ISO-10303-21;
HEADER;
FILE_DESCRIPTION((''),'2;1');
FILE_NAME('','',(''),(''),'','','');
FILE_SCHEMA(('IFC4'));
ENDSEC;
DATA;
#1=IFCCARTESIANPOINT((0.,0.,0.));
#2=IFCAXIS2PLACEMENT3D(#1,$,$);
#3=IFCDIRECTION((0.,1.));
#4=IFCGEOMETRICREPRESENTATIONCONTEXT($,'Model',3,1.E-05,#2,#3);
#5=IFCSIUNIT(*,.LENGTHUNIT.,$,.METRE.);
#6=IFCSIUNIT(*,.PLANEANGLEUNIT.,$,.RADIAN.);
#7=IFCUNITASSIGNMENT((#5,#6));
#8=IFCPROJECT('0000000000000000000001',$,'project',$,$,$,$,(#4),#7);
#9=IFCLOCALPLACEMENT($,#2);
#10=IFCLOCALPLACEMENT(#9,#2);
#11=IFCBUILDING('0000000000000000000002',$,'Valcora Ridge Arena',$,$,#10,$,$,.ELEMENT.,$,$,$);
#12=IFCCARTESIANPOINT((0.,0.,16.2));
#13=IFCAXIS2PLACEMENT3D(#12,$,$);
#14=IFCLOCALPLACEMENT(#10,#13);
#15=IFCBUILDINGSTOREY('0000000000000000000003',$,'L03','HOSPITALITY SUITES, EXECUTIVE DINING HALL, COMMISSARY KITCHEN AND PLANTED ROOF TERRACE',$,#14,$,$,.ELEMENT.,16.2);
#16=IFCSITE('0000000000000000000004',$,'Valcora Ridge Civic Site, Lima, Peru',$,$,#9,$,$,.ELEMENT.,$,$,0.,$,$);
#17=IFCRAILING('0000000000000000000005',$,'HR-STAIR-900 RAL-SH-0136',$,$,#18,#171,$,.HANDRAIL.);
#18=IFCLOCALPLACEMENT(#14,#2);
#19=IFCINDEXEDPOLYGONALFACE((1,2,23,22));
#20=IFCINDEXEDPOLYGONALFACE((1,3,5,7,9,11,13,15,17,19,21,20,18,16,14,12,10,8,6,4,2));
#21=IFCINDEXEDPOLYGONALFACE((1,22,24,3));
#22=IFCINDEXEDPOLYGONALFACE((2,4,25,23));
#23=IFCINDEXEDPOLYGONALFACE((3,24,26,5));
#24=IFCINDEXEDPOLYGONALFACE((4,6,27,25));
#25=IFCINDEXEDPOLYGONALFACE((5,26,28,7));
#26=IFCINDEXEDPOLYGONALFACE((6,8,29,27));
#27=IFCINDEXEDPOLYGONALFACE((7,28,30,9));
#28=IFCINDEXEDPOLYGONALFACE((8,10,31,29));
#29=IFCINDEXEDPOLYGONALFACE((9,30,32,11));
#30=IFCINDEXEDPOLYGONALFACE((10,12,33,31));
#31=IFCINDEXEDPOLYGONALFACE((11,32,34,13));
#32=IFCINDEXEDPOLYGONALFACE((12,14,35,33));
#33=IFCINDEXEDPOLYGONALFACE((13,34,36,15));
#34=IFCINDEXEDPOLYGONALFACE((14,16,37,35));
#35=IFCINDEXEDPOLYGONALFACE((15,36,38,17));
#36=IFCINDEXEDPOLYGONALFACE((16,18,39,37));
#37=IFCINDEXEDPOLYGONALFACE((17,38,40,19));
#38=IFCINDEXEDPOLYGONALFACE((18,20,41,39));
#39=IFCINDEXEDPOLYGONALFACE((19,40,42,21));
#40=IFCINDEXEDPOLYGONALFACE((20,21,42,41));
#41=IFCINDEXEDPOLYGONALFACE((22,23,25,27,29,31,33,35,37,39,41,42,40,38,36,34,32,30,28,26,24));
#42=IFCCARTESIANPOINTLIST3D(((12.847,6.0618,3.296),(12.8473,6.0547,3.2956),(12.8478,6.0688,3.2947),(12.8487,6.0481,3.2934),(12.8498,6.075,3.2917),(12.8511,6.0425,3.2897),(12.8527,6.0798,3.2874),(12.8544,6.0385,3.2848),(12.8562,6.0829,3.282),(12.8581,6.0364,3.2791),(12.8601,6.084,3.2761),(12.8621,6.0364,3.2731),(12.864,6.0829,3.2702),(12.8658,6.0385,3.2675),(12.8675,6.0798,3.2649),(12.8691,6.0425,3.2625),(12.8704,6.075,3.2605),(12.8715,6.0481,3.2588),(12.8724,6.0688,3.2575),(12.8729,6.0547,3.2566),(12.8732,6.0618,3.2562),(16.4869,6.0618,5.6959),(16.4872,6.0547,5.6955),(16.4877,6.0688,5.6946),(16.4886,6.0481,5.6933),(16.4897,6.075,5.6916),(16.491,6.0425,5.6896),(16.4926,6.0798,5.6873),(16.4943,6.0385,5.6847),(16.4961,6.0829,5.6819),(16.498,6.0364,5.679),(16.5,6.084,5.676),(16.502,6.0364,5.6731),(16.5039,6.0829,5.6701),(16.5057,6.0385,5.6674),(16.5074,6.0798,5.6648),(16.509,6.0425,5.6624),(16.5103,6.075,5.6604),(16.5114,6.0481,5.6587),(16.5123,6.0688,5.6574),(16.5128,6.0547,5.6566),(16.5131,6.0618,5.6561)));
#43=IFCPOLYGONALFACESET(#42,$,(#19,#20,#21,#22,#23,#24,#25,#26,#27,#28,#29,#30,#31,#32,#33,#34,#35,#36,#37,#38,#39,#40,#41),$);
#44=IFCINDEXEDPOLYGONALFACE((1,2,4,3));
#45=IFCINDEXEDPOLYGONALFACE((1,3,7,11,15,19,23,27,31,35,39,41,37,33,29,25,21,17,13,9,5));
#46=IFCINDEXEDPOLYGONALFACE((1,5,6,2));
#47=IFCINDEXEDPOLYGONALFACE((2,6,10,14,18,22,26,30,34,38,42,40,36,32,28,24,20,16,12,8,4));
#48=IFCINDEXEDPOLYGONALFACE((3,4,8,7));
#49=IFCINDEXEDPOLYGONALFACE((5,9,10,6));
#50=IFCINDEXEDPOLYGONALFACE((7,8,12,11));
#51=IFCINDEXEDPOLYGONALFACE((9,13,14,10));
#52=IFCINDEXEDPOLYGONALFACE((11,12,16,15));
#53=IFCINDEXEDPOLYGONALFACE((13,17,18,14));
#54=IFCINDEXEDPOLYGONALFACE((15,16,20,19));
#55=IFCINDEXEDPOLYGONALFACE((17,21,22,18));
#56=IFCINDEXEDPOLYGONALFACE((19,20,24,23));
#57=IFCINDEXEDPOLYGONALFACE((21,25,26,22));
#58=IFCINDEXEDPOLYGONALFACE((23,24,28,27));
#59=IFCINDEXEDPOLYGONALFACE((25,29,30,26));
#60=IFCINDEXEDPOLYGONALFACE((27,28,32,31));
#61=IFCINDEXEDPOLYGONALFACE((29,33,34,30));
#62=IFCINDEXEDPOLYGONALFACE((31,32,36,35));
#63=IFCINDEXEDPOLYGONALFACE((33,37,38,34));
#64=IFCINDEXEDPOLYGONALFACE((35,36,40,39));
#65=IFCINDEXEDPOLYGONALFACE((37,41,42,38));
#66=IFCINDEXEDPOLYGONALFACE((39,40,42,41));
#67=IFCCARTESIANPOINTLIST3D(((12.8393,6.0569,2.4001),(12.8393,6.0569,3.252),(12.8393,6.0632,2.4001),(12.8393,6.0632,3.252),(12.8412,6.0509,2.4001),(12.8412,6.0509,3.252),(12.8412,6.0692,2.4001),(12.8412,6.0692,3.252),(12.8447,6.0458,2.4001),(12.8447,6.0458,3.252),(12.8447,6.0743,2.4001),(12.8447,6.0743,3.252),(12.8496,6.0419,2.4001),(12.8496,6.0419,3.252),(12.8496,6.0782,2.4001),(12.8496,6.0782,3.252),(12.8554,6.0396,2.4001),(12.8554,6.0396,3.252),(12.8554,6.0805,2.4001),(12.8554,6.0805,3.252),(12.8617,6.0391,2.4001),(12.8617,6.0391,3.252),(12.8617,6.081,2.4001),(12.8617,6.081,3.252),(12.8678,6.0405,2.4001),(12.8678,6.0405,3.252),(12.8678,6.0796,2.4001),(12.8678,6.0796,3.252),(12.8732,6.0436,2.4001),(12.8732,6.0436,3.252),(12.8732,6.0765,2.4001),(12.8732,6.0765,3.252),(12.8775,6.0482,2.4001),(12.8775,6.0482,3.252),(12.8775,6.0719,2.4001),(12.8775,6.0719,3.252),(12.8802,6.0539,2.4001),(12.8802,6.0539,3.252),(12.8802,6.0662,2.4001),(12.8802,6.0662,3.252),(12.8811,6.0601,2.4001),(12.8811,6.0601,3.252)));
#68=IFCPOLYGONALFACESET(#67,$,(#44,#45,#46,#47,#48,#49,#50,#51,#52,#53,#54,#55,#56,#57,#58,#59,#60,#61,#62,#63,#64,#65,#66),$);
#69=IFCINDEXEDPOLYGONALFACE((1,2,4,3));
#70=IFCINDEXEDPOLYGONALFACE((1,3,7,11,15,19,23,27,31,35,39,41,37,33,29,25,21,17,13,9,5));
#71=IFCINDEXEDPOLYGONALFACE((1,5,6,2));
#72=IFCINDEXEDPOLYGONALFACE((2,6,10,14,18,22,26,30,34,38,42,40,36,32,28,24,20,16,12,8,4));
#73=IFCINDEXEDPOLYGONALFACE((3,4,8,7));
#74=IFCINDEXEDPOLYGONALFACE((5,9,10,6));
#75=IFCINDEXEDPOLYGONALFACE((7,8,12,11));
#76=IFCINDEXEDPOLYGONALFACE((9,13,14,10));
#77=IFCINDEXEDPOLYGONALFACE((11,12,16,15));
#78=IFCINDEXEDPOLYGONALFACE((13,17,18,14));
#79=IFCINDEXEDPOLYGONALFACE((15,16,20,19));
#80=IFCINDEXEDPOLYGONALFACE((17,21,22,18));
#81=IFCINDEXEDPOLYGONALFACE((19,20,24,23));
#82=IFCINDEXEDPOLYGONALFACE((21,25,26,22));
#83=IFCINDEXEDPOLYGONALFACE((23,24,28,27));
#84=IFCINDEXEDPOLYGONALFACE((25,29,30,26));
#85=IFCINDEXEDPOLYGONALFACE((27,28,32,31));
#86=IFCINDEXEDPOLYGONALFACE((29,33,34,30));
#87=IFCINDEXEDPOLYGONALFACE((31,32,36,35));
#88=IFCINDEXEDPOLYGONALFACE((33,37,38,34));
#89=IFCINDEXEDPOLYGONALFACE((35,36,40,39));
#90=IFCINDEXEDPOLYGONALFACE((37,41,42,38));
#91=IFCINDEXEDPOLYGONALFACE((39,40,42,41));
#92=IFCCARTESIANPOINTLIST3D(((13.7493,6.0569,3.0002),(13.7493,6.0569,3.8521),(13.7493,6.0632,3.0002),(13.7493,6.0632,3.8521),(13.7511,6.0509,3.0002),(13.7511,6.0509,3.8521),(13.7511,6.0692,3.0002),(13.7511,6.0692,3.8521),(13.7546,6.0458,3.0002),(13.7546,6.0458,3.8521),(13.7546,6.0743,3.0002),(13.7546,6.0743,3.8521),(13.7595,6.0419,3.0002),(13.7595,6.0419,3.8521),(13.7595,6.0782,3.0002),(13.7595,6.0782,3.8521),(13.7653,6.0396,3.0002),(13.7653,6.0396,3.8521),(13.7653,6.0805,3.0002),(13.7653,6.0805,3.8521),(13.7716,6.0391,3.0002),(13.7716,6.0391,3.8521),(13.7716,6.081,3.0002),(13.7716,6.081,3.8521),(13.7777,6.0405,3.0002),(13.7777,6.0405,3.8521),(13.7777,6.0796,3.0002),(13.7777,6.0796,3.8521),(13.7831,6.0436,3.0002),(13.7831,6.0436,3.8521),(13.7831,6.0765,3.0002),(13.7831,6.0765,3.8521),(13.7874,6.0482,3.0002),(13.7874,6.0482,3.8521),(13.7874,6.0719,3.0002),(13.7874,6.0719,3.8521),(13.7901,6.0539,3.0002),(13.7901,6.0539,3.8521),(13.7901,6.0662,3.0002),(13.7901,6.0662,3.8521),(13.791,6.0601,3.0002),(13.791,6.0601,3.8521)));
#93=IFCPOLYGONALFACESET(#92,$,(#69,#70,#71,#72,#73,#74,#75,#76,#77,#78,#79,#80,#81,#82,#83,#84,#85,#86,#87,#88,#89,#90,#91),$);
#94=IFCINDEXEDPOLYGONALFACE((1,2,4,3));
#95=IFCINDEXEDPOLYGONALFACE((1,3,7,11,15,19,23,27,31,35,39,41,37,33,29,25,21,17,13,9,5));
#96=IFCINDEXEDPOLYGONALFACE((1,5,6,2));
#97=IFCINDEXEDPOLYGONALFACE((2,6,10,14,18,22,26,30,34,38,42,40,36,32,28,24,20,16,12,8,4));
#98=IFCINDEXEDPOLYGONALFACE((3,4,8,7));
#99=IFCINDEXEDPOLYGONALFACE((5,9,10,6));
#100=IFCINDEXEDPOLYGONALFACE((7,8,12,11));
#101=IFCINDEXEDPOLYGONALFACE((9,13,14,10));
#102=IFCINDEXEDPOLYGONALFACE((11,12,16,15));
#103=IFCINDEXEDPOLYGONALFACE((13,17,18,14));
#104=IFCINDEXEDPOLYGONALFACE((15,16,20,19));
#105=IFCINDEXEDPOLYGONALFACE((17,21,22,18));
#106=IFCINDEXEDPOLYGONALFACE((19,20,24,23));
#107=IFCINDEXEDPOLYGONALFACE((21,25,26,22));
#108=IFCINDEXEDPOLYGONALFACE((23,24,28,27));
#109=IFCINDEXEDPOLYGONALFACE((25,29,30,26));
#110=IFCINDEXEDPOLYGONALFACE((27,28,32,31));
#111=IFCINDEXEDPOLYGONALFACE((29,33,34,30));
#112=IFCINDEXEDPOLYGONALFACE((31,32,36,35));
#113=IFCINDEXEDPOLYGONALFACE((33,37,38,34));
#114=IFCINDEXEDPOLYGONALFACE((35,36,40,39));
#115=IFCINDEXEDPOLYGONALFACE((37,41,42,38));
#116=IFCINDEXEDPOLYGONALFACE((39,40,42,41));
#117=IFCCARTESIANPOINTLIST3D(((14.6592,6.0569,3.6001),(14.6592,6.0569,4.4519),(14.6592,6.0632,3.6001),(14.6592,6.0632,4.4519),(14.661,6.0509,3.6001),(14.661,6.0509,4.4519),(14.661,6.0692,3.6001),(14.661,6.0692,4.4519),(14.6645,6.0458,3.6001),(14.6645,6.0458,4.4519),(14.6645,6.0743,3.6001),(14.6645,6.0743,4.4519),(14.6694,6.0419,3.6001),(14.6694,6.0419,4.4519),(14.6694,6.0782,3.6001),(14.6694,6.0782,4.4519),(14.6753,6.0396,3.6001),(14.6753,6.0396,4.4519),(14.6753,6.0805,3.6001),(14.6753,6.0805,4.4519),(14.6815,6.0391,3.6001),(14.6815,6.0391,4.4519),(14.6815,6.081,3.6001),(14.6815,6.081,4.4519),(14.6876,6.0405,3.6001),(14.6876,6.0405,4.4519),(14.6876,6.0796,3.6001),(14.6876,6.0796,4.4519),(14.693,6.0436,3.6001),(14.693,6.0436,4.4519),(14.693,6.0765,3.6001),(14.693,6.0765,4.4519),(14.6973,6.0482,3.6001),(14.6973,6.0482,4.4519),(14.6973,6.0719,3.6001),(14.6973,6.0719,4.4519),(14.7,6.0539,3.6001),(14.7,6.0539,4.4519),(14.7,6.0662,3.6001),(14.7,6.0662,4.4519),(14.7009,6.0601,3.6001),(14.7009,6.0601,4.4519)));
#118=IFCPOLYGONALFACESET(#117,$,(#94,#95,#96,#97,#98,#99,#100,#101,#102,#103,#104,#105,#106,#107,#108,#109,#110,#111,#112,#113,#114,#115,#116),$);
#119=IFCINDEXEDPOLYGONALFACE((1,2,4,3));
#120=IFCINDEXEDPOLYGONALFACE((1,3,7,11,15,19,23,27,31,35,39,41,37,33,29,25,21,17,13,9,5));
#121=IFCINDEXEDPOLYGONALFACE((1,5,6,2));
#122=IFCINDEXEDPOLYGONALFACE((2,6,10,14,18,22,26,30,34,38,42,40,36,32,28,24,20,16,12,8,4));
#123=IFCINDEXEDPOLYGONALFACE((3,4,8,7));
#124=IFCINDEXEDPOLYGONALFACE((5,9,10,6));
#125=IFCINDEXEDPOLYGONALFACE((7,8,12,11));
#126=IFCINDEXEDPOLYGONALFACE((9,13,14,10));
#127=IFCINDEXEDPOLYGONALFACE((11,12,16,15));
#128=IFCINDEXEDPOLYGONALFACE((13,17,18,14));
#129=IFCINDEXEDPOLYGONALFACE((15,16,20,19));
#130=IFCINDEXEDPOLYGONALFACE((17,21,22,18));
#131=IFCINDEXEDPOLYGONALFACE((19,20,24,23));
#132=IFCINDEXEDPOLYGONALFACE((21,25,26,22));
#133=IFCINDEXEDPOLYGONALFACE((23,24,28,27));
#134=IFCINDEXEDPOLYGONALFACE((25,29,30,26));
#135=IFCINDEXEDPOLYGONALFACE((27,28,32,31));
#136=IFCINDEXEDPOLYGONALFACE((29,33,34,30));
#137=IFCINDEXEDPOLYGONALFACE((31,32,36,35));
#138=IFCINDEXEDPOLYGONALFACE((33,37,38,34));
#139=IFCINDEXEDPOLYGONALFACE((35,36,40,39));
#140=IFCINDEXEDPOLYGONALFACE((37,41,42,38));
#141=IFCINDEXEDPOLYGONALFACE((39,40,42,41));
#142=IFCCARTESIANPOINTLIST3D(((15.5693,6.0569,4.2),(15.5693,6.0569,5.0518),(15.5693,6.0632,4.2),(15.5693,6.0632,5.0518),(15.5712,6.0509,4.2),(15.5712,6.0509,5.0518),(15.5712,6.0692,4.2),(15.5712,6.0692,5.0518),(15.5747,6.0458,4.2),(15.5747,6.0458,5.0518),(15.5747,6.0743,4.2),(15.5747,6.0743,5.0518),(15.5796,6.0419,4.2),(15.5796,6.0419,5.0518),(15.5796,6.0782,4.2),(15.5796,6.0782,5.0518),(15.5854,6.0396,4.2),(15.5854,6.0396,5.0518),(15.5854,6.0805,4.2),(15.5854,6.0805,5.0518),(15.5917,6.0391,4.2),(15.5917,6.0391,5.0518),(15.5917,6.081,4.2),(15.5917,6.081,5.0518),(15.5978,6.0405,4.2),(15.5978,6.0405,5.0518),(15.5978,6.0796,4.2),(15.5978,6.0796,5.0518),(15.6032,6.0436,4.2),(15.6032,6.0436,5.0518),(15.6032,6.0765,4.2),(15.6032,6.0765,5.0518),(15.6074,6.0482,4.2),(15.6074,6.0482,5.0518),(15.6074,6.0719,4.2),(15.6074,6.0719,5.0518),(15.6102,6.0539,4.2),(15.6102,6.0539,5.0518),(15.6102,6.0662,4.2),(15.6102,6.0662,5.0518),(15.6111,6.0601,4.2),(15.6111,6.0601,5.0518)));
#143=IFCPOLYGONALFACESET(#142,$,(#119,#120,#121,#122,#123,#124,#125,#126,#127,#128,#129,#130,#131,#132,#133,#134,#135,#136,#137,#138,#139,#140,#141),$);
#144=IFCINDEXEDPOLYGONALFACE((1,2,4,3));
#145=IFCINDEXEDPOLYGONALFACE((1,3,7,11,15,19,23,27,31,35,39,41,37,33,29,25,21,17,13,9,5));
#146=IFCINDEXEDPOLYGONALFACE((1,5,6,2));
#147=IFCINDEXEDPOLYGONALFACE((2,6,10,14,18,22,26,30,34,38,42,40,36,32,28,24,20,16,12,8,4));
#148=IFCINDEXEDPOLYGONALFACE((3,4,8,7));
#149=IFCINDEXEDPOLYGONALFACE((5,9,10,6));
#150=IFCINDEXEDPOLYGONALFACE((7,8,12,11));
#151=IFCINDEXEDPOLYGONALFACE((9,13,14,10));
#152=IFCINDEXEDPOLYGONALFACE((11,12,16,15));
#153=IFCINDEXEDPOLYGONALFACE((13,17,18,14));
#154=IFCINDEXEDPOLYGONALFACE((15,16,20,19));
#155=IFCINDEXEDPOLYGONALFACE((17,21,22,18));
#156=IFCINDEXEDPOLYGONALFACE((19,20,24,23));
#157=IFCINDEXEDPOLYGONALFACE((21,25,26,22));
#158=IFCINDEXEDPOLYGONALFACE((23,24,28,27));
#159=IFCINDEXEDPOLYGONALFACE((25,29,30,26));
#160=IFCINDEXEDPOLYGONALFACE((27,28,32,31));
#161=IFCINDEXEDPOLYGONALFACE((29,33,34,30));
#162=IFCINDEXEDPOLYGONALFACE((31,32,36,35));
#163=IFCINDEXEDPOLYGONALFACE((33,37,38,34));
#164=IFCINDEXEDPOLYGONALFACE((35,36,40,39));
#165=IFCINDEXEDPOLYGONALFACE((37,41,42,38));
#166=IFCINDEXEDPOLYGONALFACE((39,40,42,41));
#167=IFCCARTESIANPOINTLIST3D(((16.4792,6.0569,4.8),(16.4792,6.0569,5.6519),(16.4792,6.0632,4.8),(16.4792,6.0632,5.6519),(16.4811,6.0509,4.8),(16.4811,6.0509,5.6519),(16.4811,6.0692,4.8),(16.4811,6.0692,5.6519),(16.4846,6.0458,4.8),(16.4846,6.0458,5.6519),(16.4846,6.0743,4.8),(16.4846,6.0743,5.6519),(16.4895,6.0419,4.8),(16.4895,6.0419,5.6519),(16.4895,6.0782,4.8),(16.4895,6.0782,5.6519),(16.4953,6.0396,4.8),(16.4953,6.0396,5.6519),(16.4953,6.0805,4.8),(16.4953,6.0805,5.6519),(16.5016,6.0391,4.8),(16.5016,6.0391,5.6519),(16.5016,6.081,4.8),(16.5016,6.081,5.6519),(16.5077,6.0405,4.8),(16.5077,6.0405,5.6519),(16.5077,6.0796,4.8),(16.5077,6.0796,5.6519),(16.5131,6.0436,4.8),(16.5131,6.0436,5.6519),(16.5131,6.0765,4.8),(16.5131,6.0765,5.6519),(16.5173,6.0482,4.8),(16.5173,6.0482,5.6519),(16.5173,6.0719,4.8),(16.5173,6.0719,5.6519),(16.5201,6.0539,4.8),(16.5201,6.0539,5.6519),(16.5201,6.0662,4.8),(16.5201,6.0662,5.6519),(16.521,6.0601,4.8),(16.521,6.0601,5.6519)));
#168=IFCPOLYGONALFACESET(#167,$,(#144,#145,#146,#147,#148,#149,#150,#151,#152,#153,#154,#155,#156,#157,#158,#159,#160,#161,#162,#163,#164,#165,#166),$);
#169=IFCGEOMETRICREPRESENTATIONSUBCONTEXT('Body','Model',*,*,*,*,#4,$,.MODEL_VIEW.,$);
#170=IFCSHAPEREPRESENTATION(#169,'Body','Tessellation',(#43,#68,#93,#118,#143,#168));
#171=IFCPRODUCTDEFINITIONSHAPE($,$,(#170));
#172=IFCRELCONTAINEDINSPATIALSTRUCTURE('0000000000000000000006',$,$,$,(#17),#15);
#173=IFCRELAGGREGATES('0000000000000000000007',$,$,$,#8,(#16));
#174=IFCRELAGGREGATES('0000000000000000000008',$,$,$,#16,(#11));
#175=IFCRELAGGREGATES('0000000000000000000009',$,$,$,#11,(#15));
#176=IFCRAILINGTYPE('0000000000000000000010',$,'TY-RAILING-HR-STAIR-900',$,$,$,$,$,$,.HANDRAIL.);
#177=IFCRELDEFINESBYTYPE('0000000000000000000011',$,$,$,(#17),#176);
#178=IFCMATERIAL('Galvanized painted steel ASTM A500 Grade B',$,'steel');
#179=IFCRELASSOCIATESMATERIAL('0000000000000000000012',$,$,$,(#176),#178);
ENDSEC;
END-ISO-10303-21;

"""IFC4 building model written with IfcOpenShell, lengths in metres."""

from ifc_helpers import new_model, si_unit, direction, frame, origin, origin_2d, place, context, subcontext, project, spatial, circle, extrude, material, type_object, element, save


model = new_model("IFC4")

# Units and contexts
model_context = context("Model", 3, precision=1e-05, world=origin(), true_north=direction((0.0, 1.0)))
body_context = subcontext(model_context, "Body", "Model", "MODEL_VIEW")
ifc_project = project(units=[si_unit("LENGTHUNIT", "METRE"), si_unit("PLANEANGLEUNIT", "RADIAN")], contexts=[model_context])

# Site, building, storey
site_placement = place(None, origin())
site = spatial("IfcSite", under=ifc_project, at=site_placement, Name="Valcora Ridge Civic Site, Lima, Peru", CompositionType="ELEMENT", RefElevation=0.0)
building_placement = place(site_placement, origin())
building = spatial("IfcBuilding", under=site, at=building_placement, Name="Valcora Ridge Arena", CompositionType="ELEMENT")
storey_placement = place(building_placement, frame((0.0, 0.0, 16.2)))
storey = spatial("IfcBuildingStorey", under=building, at=storey_placement, Name="L03", Description="HOSPITALITY SUITES, EXECUTIVE DINING HALL, COMMISSARY KITCHEN AND PLANTED ROOF TERRACE", CompositionType="ELEMENT", Elevation=16.2)

# Railing
ifc_material_1 = material(Name="Galvanized painted steel ASTM A500 Grade B", Category="steel")
railing_type_1 = type_object("IfcRailingType", Name="TY-RAILING-HR-STAIR-900", PredefinedType="HANDRAIL", material=ifc_material_1)
railing_1_placement = place(storey_placement, frame((12.8601, 6.0601, 2.4001)))
element("IfcRailing", 1, at=railing_1_placement, inside=storey, type_object=railing_type_1, Name="HR-STAIR-900 RAL-SH-0136", PredefinedType="HANDRAIL", context=body_context, shape_type="SweptSolid", body=[
    extrude(circle(Radius=0.0239, at=origin_2d()), frame((0.0, 0.0, 0.876), z_axis=(0.834865, 0.0, 0.550454), x_axis=(0.0, 1.0, 0.0)), (0.0, 0.0, 1.0), 4.3599),
    extrude(circle(Radius=0.021, at=origin_2d()), origin(), (0.0, 0.0, 1.0), 0.8518),
    extrude(circle(Radius=0.021, at=origin_2d()), frame((0.9099, 0.0, 0.6001)), (0.0, 0.0, 1.0), 0.8518),
    extrude(circle(Radius=0.021, at=origin_2d()), frame((1.8198, 0.0, 1.2)), (0.0, 0.0, 1.0), 0.8518),
    extrude(circle(Radius=0.021, at=origin_2d()), frame((2.73, 0.0, 1.7998)), (0.0, 0.0, 1.0), 0.8518),
    extrude(circle(Radius=0.021, at=origin_2d()), frame((3.6399, 0.0, 2.3999)), (0.0, 0.0, 1.0), 0.8518),
])

save(model, "model.ifc")
